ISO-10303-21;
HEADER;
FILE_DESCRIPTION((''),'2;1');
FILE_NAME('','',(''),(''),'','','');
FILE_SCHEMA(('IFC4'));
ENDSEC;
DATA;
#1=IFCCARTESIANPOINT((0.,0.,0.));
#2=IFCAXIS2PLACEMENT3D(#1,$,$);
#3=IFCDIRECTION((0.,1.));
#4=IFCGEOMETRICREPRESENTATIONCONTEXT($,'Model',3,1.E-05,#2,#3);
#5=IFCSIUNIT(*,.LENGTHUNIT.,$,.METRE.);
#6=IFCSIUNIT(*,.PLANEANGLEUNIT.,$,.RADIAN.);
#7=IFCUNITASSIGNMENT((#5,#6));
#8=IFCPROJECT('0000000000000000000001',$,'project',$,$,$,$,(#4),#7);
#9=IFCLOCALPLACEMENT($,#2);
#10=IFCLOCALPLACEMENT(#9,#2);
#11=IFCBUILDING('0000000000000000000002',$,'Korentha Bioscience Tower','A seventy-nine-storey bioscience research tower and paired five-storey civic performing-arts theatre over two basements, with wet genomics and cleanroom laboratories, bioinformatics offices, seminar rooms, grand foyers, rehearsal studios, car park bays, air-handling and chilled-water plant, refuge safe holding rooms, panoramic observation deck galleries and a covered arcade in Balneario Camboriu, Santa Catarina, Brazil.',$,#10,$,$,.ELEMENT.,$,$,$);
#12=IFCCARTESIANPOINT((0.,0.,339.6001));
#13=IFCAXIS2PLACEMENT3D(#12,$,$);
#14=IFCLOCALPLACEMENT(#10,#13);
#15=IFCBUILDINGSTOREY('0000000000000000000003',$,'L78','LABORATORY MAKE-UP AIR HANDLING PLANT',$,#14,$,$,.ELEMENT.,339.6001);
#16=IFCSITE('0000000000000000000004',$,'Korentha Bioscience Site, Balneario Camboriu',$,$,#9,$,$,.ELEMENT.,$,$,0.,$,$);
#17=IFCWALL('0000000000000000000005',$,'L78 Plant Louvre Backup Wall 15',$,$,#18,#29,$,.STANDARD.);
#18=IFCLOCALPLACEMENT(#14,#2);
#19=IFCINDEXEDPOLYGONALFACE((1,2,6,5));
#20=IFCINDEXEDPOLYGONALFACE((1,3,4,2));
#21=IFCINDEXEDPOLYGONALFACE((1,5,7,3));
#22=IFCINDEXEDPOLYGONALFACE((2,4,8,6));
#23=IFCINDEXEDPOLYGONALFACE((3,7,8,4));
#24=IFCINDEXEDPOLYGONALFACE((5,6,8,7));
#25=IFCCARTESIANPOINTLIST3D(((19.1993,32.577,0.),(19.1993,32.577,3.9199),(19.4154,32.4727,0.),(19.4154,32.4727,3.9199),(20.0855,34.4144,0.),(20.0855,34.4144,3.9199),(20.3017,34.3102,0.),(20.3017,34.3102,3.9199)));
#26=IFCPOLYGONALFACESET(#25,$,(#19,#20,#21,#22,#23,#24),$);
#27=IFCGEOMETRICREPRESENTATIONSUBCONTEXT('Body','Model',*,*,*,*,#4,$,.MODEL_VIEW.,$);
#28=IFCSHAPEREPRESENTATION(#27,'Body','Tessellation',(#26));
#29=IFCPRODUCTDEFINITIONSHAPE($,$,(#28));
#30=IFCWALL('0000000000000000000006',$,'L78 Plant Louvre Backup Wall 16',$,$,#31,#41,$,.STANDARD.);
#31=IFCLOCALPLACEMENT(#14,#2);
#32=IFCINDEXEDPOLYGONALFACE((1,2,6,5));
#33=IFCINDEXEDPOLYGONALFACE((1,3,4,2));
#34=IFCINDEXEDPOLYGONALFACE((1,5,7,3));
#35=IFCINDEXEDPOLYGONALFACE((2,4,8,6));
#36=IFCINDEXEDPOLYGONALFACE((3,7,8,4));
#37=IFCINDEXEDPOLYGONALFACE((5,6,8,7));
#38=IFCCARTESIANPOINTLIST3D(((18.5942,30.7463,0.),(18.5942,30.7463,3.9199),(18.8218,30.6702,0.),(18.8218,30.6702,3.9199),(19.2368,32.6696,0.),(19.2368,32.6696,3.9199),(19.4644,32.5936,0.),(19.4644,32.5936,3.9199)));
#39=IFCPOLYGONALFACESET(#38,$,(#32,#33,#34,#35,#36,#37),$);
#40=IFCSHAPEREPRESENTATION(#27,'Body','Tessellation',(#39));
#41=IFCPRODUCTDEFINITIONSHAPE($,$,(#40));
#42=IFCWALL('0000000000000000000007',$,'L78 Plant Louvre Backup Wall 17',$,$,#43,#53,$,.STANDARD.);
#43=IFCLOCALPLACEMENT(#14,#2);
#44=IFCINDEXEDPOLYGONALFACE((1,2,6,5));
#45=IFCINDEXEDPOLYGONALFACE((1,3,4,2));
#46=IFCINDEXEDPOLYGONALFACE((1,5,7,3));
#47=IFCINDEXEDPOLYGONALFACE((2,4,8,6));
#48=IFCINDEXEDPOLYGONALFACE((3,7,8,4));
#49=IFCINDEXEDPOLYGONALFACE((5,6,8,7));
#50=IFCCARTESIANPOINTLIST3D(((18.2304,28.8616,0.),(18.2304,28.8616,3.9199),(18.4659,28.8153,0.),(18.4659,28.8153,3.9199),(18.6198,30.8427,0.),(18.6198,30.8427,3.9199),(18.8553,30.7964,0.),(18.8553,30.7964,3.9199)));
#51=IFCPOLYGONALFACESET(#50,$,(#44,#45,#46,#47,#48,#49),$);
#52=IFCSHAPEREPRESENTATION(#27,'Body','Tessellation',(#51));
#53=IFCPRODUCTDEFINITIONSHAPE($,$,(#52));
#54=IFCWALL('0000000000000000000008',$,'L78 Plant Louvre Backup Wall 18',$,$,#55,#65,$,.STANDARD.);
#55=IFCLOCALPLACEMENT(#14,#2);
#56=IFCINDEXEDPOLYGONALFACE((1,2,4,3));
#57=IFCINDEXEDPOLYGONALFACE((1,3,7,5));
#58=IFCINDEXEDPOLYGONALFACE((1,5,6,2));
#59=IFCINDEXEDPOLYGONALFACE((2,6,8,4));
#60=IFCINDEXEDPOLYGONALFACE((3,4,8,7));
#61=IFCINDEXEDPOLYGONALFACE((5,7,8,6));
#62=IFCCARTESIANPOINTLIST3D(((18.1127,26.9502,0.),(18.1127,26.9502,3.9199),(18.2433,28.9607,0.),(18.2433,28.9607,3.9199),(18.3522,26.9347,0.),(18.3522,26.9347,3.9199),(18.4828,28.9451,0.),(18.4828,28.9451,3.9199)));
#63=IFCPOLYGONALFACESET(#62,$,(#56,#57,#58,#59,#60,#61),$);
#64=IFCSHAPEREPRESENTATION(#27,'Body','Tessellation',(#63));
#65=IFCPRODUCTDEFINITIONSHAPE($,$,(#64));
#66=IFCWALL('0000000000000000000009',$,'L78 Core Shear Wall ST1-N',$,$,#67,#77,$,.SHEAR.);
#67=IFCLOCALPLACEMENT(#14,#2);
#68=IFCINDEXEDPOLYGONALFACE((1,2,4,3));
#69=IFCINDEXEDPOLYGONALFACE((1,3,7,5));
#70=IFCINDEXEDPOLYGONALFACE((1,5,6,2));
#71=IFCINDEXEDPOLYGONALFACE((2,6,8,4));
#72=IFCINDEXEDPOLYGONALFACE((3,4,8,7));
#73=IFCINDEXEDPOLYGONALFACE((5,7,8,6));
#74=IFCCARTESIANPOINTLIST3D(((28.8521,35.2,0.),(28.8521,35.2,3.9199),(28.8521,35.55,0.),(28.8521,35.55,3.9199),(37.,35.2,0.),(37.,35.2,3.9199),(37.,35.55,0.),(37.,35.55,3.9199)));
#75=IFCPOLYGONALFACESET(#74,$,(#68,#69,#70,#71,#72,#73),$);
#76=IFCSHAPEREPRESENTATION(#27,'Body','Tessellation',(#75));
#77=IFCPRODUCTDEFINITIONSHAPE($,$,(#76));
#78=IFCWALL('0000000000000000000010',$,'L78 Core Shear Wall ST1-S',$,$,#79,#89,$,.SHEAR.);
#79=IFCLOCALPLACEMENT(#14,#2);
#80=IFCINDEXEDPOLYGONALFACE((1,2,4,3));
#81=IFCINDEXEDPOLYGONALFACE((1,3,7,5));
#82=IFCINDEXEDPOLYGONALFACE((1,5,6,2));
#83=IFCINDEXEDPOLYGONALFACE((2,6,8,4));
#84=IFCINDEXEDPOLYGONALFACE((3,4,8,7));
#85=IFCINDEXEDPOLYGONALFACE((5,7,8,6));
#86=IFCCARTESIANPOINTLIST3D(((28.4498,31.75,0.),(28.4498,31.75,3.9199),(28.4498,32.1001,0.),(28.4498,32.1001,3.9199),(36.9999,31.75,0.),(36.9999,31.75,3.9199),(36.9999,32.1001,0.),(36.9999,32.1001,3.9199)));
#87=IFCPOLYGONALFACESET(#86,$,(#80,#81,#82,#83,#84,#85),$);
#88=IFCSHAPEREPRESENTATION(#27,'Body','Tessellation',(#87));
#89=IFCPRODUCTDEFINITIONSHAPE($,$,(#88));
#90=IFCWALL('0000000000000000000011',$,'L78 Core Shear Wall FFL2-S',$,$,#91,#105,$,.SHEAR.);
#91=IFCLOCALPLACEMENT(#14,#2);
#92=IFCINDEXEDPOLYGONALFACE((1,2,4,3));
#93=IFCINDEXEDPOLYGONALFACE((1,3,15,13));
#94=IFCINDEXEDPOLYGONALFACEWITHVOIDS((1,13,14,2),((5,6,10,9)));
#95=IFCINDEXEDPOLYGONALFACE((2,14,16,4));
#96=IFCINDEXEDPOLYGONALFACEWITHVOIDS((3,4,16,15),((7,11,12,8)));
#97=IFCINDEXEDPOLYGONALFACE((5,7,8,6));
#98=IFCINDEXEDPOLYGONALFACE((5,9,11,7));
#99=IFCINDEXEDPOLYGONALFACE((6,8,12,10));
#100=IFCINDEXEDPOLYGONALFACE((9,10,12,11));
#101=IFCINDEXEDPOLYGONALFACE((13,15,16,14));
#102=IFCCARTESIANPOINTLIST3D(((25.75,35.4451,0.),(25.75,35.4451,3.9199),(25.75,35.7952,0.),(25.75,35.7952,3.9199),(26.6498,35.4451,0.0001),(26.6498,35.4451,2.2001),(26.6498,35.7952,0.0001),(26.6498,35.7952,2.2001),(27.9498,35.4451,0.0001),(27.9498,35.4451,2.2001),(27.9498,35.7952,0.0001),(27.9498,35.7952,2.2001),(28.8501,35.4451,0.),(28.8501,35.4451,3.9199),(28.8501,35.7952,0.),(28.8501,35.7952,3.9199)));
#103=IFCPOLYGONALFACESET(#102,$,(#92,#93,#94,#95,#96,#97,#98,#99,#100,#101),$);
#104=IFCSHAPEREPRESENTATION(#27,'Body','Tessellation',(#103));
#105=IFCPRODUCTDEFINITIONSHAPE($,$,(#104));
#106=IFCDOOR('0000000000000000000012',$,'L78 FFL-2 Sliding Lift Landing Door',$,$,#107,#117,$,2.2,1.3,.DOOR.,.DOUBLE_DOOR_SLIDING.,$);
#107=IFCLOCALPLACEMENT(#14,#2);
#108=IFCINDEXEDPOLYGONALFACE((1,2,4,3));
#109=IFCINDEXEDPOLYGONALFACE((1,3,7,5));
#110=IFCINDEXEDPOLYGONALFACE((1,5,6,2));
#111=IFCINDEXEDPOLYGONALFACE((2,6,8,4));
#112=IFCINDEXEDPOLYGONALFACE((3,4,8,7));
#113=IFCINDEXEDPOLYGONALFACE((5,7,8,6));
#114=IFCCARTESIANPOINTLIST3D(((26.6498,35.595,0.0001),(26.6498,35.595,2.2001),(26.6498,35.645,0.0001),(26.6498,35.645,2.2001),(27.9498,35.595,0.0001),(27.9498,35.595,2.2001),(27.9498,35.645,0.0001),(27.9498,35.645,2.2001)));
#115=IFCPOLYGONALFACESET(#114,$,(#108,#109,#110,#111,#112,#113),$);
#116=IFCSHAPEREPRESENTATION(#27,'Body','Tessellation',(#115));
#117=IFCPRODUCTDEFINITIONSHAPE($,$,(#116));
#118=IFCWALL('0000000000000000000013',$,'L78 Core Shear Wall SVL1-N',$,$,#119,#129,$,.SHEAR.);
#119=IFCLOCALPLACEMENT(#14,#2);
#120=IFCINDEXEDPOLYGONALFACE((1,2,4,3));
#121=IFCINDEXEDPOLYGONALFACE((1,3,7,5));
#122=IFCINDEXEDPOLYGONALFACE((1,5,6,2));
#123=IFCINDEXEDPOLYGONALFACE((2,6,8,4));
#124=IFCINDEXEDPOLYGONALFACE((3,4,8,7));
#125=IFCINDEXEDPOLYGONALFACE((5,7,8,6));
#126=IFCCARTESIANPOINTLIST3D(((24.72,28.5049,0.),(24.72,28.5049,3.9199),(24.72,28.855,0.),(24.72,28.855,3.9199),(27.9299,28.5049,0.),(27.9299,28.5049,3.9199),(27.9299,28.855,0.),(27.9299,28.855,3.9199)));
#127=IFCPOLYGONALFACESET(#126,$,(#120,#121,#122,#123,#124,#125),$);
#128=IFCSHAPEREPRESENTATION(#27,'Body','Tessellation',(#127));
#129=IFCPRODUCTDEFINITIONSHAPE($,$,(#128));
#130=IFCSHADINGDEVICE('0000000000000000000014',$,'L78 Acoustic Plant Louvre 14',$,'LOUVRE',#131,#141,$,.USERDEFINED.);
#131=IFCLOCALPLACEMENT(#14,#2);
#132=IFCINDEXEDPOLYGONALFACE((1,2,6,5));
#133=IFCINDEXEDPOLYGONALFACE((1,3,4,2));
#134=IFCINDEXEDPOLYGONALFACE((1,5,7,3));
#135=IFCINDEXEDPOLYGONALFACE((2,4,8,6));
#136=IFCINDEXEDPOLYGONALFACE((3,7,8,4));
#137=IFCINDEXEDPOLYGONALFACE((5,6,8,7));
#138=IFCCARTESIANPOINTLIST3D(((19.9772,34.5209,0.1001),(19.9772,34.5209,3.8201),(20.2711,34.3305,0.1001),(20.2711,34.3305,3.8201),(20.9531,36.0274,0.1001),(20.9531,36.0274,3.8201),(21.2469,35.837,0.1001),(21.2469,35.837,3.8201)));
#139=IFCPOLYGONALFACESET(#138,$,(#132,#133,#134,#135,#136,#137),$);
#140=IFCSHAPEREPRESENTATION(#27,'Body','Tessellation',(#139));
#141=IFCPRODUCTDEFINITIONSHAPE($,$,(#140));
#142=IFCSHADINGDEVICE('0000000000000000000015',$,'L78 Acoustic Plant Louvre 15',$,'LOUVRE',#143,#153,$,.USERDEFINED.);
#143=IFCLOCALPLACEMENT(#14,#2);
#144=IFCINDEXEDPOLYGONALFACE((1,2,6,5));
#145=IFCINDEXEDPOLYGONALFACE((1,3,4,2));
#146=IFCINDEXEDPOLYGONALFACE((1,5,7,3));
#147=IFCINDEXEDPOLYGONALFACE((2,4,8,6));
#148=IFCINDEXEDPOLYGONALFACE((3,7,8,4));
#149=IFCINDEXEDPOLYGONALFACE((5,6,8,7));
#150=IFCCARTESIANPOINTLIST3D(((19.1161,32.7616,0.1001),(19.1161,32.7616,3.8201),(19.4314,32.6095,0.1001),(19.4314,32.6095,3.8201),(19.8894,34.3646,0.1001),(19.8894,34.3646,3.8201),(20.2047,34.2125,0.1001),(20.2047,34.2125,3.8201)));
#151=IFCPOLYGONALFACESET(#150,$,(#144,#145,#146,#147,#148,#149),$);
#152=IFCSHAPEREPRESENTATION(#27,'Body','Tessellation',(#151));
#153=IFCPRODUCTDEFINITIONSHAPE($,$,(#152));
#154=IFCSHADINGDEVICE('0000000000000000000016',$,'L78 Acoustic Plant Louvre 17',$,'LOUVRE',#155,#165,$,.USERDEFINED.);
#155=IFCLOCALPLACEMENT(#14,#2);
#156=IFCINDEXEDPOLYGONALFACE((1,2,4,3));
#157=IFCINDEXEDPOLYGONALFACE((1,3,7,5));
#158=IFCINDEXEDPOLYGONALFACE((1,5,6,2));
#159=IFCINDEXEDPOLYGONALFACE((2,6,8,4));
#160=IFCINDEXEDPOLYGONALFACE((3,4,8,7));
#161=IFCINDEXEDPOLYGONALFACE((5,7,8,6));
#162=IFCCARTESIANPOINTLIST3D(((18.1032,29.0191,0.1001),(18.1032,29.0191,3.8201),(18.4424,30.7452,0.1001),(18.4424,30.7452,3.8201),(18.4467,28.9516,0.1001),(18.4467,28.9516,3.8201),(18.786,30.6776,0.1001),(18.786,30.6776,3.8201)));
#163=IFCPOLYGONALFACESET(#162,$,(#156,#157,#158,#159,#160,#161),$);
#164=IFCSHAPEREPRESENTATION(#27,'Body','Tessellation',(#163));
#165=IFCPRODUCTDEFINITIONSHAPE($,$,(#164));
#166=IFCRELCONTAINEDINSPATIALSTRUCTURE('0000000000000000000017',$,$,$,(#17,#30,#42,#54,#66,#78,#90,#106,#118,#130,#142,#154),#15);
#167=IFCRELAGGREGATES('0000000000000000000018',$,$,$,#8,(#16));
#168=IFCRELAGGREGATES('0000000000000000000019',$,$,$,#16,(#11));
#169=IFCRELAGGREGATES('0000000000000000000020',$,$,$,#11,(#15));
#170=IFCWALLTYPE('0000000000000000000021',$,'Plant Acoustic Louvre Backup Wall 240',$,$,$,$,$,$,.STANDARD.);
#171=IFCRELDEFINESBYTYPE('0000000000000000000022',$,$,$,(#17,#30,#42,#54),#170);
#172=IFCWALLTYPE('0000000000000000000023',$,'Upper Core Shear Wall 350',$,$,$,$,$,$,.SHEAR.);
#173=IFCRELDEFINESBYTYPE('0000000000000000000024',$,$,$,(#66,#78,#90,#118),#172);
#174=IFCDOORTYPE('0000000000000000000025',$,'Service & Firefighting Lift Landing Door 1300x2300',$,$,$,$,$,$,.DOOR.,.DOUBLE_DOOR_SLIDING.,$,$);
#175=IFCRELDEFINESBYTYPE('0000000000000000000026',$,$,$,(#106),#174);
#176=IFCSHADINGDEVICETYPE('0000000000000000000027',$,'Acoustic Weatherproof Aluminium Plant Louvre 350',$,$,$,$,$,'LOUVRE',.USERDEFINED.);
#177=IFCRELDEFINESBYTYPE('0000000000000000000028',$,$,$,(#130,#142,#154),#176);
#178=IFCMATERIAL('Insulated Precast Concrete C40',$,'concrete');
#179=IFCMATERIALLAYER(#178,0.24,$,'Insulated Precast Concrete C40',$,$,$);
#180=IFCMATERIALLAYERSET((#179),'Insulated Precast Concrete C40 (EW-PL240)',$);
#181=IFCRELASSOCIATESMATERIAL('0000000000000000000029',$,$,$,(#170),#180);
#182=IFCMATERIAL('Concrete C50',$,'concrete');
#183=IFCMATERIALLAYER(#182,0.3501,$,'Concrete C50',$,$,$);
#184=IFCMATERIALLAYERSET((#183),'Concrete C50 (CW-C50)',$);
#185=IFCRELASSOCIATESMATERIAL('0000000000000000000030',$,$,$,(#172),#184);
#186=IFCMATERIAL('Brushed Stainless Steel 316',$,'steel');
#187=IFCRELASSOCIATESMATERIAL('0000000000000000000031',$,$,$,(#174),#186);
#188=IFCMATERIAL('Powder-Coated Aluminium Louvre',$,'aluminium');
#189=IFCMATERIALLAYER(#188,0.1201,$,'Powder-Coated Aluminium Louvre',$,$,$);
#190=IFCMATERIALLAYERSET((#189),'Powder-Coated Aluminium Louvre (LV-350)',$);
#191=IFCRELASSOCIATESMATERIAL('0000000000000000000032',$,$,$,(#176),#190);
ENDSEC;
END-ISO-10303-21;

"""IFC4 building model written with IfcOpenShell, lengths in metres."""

from ifc_helpers import new_model, si_unit, direction, frame, frame_2d, origin, origin_2d, place, context, subcontext, project, spatial, rectangle, extrude, material, layer, layer_set, type_object, element, fill, save


model = new_model("IFC4")

# Units and contexts
model_context = context("Model", 3, precision=1e-05, world=origin(), true_north=direction((0.0, 1.0)))
body_context = subcontext(model_context, "Body", "Model", "MODEL_VIEW")
ifc_project = project(units=[si_unit("LENGTHUNIT", "METRE"), si_unit("PLANEANGLEUNIT", "RADIAN")], contexts=[model_context])

# Site, building, storey
site_placement = place(None, origin())
site = spatial("IfcSite", under=ifc_project, at=site_placement, Name="Korentha Bioscience Site, Balneario Camboriu", CompositionType="ELEMENT", RefElevation=0.0)
building_placement = place(site_placement, origin())
building = spatial("IfcBuilding", under=site, at=building_placement, Name="Korentha Bioscience Tower", Description="A seventy-nine-storey bioscience research tower and paired five-storey civic performing-arts theatre over two basements, with wet genomics and cleanroom laboratories, bioinformatics offices, seminar rooms, grand foyers, rehearsal studios, car park bays, air-handling and chilled-water plant, refuge safe holding rooms, panoramic observation deck galleries and a covered arcade in Balneario Camboriu, Santa Catarina, Brazil.", CompositionType="ELEMENT")
storey_placement = place(building_placement, frame((0.0, 0.0, 339.6001)))
storey = spatial("IfcBuildingStorey", under=building, at=storey_placement, Name="L78", Description="LABORATORY MAKE-UP AIR HANDLING PLANT", CompositionType="ELEMENT", Elevation=339.6001)

# Shared definitions
ifc_material_1 = material(Name="Concrete C50", Category="concrete")

# Walls
ifc_material_2 = material(Name="Insulated Precast Concrete C40", Category="concrete")
ifc_layer_1 = layer(ifc_material_2, 0.24, Name="Insulated Precast Concrete C40")
ifc_layer_set_1 = layer_set([ifc_layer_1], Name="Insulated Precast Concrete C40 (EW-PL240)")
wall_type_1 = type_object("IfcWallType", Name="Plant Acoustic Louvre Backup Wall 240", PredefinedType="STANDARD", material=ifc_layer_set_1)
wall_1_placement = place(storey_placement, frame((20.1936, 34.3623, 0.0), z_axis=(0.0, 0.0, 1.0), x_axis=(-0.434434, -0.900703, 0.0)))
element("IfcWall", 1, at=wall_1_placement, inside=storey, type_object=wall_type_1, Name="L78 Plant Louvre Backup Wall 15", PredefinedType="STANDARD", context=body_context, shape_type="SweptSolid", body=[
    extrude(rectangle(XDim=2.04, YDim=0.24, at=frame_2d((1.02, 0.0))), origin(), (0.0, 0.0, 1.0), 3.9199),
])
wall_2_placement = place(storey_placement, frame((19.3506, 32.6316, 0.0), z_axis=(0.0, 0.0, 1.0), x_axis=(-0.316878, -0.948466, 0.0)))
element("IfcWall", 2, at=wall_2_placement, inside=storey, type_object=wall_type_1, Name="L78 Plant Louvre Backup Wall 16", PredefinedType="STANDARD", context=body_context, shape_type="SweptSolid", body=[
    extrude(rectangle(XDim=2.0278, YDim=0.24, at=frame_2d((1.0139, 0.0))), origin(), (0.0, 0.0, 1.0), 3.9199),
])
wall_3_placement = place(storey_placement, frame((18.7375, 30.8196, 0.0), z_axis=(0.0, 0.0, 1.0), x_axis=(-0.19286, -0.981226, 0.0)))
element("IfcWall", 3, at=wall_3_placement, inside=storey, type_object=wall_type_1, Name="L78 Plant Louvre Backup Wall 17", PredefinedType="STANDARD", context=body_context, shape_type="SweptSolid", body=[
    extrude(rectangle(XDim=2.019, YDim=0.24, at=frame_2d((1.0095, 0.0))), origin(), (0.0, 0.0, 1.0), 3.9199),
])
wall_4_placement = place(storey_placement, frame((18.363, 28.9529, 0.0), z_axis=(0.0, 0.0, 1.0), x_axis=(-0.06483, -0.997896, 0.0)))
element("IfcWall", 4, at=wall_4_placement, inside=storey, type_object=wall_type_1, Name="L78 Plant Louvre Backup Wall 18", PredefinedType="STANDARD", context=body_context, shape_type="SweptSolid", body=[
    extrude(rectangle(XDim=2.0146, YDim=0.24, at=frame_2d((1.0073, 0.0))), origin(), (0.0, 0.0, 1.0), 3.9199),
])
ifc_layer_2 = layer(ifc_material_1, 0.3501, Name="Concrete C50")
ifc_layer_set_2 = layer_set([ifc_layer_2], Name="Concrete C50 (CW-C50)")
wall_type_2 = type_object("IfcWallType", Name="Upper Core Shear Wall 350", PredefinedType="SHEAR", material=ifc_layer_set_2)
wall_5_placement = place(storey_placement, frame((28.8521, 35.375, 0.0), z_axis=(0.0, 0.0, 1.0), x_axis=(1.0, 0.0, 0.0)))
element("IfcWall", 5, at=wall_5_placement, inside=storey, type_object=wall_type_2, Name="L78 Core Shear Wall ST1-N", PredefinedType="SHEAR", context=body_context, shape_type="SweptSolid", body=[
    extrude(rectangle(XDim=8.1479, YDim=0.3501, at=frame_2d((4.074, 0.0))), origin(), (0.0, 0.0, 1.0), 3.9199),
])
wall_6_placement = place(storey_placement, frame((28.45, 31.925, 0.0), z_axis=(0.0, 0.0, 1.0), x_axis=(1.0, 0.0, 0.0)))
element("IfcWall", 6, at=wall_6_placement, inside=storey, type_object=wall_type_2, Name="L78 Core Shear Wall ST1-S", PredefinedType="SHEAR", context=body_context, shape_type="SweptSolid", body=[
    extrude(rectangle(XDim=8.55, YDim=0.3501, at=frame_2d((4.2749, 0.0))), origin(), (0.0, 0.0, 1.0), 3.9199),
])

# Wall, opening, door
wall_7_placement = place(storey_placement, frame((25.75, 35.6201, 0.0), z_axis=(0.0, 0.0, 1.0), x_axis=(1.0, 0.0, 0.0)))
wall_7 = element("IfcWall", 7, at=wall_7_placement, inside=storey, type_object=wall_type_2, Name="L78 Core Shear Wall FFL2-S", PredefinedType="SHEAR", context=body_context, shape_type="SweptSolid", body=[
    extrude(rectangle(XDim=3.1001, YDim=0.3501, at=frame_2d((1.55, 0.0))), origin(), (0.0, 0.0, 1.0), 3.9199),
])
opening_1_placement = place(wall_7_placement, frame((0.8999, 0.0, 0.0)))
opening_1 = element("IfcOpeningElement", 8, at=opening_1_placement, cuts=wall_7, PredefinedType="OPENING", context=body_context, shape_type="SweptSolid", body=[
    extrude(rectangle(XDim=1.3, YDim=2.2, at=frame_2d((0.6499, 1.1001))), frame((0.0, 0.1899, 0.0), z_axis=(0.0, -1.0, 0.0), x_axis=(1.0, 0.0, 0.0)), (0.0, 0.0, 1.0), 0.3799),
])
ifc_material_3 = material(Name="Brushed Stainless Steel 316", Category="steel")
door_type_1 = type_object("IfcDoorType", Name="Service & Firefighting Lift Landing Door 1300x2300", OperationType="DOUBLE_DOOR_SLIDING", PredefinedType="DOOR", material=ifc_material_3)
door_1_placement = place(opening_1_placement, origin())
door_1 = element("IfcDoor", 9, at=door_1_placement, inside=storey, type_object=door_type_1, Name="L78 FFL-2 Sliding Lift Landing Door", OperationType="DOUBLE_DOOR_SLIDING", OverallHeight=2.2, OverallWidth=1.3, PredefinedType="DOOR", context=body_context, shape_type="SweptSolid", body=[
    extrude(rectangle(XDim=1.3, YDim=2.2, at=frame_2d((0.6499, 1.1001))), frame((0.0, 0.0249, 0.0), z_axis=(0.0, -1.0, 0.0), x_axis=(1.0, 0.0, 0.0)), (0.0, 0.0, 1.0), 0.05),
])
fill(opening_1, door_1)

# Wall
wall_8_placement = place(storey_placement, frame((24.72, 28.6799, 0.0), z_axis=(0.0, 0.0, 1.0), x_axis=(1.0, 0.0, 0.0)))
element("IfcWall", 10, at=wall_8_placement, inside=storey, type_object=wall_type_2, Name="L78 Core Shear Wall SVL1-N", PredefinedType="SHEAR", context=body_context, shape_type="SweptSolid", body=[
    extrude(rectangle(XDim=3.21, YDim=0.3501, at=frame_2d((1.605, 0.0))), origin(), (0.0, 0.0, 1.0), 3.9199),
])

# Shading devices
ifc_material_4 = material(Name="Powder-Coated Aluminium Louvre", Category="aluminium")
ifc_layer_3 = layer(ifc_material_4, 0.1201, Name="Powder-Coated Aluminium Louvre")
ifc_layer_set_3 = layer_set([ifc_layer_3], Name="Powder-Coated Aluminium Louvre (LV-350)")
shading_device_type = type_object("IfcShadingDeviceType", Name="Acoustic Weatherproof Aluminium Plant Louvre 350", ElementType="LOUVRE", PredefinedType="USERDEFINED", material=ifc_layer_set_3)
shading_device_1_placement = place(storey_placement, frame((20.6121, 35.179, 0.1001), z_axis=(0.0, 0.0, 1.0), x_axis=(-0.543673, -0.839297, 0.0)))
element("IfcShadingDevice", 11, at=shading_device_1_placement, inside=storey, type_object=shading_device_type, Name="L78 Acoustic Plant Louvre 14", ObjectType="LOUVRE", PredefinedType="USERDEFINED", context=body_context, shape_type="SweptSolid", body=[
    extrude(rectangle(XDim=1.7949, YDim=0.3501, at=origin_2d()), origin(), (0.0, 0.0, 1.0), 3.72),
])
shading_device_2_placement = place(storey_placement, frame((19.6604, 33.4871, 0.1001), z_axis=(0.0, 0.0, 1.0), x_axis=(-0.434508, -0.900668, 0.0)))
element("IfcShadingDevice", 12, at=shading_device_2_placement, inside=storey, type_object=shading_device_type, Name="L78 Acoustic Plant Louvre 15", ObjectType="LOUVRE", PredefinedType="USERDEFINED", context=body_context, shape_type="SweptSolid", body=[
    extrude(rectangle(XDim=1.7798, YDim=0.3501, at=origin_2d()), origin(), (0.0, 0.0, 1.0), 3.72),
])
shading_device_3_placement = place(storey_placement, frame((18.4446, 29.8484, 0.1001), z_axis=(0.0, 0.0, 1.0), x_axis=(-0.192848, -0.981229, 0.0)))
element("IfcShadingDevice", 13, at=shading_device_3_placement, inside=storey, type_object=shading_device_type, Name="L78 Acoustic Plant Louvre 17", ObjectType="LOUVRE", PredefinedType="USERDEFINED", context=body_context, shape_type="SweptSolid", body=[
    extrude(rectangle(XDim=1.759, YDim=0.3501, at=origin_2d()), origin(), (0.0, 0.0, 1.0), 3.72),
])

save(model, "model.ifc")
